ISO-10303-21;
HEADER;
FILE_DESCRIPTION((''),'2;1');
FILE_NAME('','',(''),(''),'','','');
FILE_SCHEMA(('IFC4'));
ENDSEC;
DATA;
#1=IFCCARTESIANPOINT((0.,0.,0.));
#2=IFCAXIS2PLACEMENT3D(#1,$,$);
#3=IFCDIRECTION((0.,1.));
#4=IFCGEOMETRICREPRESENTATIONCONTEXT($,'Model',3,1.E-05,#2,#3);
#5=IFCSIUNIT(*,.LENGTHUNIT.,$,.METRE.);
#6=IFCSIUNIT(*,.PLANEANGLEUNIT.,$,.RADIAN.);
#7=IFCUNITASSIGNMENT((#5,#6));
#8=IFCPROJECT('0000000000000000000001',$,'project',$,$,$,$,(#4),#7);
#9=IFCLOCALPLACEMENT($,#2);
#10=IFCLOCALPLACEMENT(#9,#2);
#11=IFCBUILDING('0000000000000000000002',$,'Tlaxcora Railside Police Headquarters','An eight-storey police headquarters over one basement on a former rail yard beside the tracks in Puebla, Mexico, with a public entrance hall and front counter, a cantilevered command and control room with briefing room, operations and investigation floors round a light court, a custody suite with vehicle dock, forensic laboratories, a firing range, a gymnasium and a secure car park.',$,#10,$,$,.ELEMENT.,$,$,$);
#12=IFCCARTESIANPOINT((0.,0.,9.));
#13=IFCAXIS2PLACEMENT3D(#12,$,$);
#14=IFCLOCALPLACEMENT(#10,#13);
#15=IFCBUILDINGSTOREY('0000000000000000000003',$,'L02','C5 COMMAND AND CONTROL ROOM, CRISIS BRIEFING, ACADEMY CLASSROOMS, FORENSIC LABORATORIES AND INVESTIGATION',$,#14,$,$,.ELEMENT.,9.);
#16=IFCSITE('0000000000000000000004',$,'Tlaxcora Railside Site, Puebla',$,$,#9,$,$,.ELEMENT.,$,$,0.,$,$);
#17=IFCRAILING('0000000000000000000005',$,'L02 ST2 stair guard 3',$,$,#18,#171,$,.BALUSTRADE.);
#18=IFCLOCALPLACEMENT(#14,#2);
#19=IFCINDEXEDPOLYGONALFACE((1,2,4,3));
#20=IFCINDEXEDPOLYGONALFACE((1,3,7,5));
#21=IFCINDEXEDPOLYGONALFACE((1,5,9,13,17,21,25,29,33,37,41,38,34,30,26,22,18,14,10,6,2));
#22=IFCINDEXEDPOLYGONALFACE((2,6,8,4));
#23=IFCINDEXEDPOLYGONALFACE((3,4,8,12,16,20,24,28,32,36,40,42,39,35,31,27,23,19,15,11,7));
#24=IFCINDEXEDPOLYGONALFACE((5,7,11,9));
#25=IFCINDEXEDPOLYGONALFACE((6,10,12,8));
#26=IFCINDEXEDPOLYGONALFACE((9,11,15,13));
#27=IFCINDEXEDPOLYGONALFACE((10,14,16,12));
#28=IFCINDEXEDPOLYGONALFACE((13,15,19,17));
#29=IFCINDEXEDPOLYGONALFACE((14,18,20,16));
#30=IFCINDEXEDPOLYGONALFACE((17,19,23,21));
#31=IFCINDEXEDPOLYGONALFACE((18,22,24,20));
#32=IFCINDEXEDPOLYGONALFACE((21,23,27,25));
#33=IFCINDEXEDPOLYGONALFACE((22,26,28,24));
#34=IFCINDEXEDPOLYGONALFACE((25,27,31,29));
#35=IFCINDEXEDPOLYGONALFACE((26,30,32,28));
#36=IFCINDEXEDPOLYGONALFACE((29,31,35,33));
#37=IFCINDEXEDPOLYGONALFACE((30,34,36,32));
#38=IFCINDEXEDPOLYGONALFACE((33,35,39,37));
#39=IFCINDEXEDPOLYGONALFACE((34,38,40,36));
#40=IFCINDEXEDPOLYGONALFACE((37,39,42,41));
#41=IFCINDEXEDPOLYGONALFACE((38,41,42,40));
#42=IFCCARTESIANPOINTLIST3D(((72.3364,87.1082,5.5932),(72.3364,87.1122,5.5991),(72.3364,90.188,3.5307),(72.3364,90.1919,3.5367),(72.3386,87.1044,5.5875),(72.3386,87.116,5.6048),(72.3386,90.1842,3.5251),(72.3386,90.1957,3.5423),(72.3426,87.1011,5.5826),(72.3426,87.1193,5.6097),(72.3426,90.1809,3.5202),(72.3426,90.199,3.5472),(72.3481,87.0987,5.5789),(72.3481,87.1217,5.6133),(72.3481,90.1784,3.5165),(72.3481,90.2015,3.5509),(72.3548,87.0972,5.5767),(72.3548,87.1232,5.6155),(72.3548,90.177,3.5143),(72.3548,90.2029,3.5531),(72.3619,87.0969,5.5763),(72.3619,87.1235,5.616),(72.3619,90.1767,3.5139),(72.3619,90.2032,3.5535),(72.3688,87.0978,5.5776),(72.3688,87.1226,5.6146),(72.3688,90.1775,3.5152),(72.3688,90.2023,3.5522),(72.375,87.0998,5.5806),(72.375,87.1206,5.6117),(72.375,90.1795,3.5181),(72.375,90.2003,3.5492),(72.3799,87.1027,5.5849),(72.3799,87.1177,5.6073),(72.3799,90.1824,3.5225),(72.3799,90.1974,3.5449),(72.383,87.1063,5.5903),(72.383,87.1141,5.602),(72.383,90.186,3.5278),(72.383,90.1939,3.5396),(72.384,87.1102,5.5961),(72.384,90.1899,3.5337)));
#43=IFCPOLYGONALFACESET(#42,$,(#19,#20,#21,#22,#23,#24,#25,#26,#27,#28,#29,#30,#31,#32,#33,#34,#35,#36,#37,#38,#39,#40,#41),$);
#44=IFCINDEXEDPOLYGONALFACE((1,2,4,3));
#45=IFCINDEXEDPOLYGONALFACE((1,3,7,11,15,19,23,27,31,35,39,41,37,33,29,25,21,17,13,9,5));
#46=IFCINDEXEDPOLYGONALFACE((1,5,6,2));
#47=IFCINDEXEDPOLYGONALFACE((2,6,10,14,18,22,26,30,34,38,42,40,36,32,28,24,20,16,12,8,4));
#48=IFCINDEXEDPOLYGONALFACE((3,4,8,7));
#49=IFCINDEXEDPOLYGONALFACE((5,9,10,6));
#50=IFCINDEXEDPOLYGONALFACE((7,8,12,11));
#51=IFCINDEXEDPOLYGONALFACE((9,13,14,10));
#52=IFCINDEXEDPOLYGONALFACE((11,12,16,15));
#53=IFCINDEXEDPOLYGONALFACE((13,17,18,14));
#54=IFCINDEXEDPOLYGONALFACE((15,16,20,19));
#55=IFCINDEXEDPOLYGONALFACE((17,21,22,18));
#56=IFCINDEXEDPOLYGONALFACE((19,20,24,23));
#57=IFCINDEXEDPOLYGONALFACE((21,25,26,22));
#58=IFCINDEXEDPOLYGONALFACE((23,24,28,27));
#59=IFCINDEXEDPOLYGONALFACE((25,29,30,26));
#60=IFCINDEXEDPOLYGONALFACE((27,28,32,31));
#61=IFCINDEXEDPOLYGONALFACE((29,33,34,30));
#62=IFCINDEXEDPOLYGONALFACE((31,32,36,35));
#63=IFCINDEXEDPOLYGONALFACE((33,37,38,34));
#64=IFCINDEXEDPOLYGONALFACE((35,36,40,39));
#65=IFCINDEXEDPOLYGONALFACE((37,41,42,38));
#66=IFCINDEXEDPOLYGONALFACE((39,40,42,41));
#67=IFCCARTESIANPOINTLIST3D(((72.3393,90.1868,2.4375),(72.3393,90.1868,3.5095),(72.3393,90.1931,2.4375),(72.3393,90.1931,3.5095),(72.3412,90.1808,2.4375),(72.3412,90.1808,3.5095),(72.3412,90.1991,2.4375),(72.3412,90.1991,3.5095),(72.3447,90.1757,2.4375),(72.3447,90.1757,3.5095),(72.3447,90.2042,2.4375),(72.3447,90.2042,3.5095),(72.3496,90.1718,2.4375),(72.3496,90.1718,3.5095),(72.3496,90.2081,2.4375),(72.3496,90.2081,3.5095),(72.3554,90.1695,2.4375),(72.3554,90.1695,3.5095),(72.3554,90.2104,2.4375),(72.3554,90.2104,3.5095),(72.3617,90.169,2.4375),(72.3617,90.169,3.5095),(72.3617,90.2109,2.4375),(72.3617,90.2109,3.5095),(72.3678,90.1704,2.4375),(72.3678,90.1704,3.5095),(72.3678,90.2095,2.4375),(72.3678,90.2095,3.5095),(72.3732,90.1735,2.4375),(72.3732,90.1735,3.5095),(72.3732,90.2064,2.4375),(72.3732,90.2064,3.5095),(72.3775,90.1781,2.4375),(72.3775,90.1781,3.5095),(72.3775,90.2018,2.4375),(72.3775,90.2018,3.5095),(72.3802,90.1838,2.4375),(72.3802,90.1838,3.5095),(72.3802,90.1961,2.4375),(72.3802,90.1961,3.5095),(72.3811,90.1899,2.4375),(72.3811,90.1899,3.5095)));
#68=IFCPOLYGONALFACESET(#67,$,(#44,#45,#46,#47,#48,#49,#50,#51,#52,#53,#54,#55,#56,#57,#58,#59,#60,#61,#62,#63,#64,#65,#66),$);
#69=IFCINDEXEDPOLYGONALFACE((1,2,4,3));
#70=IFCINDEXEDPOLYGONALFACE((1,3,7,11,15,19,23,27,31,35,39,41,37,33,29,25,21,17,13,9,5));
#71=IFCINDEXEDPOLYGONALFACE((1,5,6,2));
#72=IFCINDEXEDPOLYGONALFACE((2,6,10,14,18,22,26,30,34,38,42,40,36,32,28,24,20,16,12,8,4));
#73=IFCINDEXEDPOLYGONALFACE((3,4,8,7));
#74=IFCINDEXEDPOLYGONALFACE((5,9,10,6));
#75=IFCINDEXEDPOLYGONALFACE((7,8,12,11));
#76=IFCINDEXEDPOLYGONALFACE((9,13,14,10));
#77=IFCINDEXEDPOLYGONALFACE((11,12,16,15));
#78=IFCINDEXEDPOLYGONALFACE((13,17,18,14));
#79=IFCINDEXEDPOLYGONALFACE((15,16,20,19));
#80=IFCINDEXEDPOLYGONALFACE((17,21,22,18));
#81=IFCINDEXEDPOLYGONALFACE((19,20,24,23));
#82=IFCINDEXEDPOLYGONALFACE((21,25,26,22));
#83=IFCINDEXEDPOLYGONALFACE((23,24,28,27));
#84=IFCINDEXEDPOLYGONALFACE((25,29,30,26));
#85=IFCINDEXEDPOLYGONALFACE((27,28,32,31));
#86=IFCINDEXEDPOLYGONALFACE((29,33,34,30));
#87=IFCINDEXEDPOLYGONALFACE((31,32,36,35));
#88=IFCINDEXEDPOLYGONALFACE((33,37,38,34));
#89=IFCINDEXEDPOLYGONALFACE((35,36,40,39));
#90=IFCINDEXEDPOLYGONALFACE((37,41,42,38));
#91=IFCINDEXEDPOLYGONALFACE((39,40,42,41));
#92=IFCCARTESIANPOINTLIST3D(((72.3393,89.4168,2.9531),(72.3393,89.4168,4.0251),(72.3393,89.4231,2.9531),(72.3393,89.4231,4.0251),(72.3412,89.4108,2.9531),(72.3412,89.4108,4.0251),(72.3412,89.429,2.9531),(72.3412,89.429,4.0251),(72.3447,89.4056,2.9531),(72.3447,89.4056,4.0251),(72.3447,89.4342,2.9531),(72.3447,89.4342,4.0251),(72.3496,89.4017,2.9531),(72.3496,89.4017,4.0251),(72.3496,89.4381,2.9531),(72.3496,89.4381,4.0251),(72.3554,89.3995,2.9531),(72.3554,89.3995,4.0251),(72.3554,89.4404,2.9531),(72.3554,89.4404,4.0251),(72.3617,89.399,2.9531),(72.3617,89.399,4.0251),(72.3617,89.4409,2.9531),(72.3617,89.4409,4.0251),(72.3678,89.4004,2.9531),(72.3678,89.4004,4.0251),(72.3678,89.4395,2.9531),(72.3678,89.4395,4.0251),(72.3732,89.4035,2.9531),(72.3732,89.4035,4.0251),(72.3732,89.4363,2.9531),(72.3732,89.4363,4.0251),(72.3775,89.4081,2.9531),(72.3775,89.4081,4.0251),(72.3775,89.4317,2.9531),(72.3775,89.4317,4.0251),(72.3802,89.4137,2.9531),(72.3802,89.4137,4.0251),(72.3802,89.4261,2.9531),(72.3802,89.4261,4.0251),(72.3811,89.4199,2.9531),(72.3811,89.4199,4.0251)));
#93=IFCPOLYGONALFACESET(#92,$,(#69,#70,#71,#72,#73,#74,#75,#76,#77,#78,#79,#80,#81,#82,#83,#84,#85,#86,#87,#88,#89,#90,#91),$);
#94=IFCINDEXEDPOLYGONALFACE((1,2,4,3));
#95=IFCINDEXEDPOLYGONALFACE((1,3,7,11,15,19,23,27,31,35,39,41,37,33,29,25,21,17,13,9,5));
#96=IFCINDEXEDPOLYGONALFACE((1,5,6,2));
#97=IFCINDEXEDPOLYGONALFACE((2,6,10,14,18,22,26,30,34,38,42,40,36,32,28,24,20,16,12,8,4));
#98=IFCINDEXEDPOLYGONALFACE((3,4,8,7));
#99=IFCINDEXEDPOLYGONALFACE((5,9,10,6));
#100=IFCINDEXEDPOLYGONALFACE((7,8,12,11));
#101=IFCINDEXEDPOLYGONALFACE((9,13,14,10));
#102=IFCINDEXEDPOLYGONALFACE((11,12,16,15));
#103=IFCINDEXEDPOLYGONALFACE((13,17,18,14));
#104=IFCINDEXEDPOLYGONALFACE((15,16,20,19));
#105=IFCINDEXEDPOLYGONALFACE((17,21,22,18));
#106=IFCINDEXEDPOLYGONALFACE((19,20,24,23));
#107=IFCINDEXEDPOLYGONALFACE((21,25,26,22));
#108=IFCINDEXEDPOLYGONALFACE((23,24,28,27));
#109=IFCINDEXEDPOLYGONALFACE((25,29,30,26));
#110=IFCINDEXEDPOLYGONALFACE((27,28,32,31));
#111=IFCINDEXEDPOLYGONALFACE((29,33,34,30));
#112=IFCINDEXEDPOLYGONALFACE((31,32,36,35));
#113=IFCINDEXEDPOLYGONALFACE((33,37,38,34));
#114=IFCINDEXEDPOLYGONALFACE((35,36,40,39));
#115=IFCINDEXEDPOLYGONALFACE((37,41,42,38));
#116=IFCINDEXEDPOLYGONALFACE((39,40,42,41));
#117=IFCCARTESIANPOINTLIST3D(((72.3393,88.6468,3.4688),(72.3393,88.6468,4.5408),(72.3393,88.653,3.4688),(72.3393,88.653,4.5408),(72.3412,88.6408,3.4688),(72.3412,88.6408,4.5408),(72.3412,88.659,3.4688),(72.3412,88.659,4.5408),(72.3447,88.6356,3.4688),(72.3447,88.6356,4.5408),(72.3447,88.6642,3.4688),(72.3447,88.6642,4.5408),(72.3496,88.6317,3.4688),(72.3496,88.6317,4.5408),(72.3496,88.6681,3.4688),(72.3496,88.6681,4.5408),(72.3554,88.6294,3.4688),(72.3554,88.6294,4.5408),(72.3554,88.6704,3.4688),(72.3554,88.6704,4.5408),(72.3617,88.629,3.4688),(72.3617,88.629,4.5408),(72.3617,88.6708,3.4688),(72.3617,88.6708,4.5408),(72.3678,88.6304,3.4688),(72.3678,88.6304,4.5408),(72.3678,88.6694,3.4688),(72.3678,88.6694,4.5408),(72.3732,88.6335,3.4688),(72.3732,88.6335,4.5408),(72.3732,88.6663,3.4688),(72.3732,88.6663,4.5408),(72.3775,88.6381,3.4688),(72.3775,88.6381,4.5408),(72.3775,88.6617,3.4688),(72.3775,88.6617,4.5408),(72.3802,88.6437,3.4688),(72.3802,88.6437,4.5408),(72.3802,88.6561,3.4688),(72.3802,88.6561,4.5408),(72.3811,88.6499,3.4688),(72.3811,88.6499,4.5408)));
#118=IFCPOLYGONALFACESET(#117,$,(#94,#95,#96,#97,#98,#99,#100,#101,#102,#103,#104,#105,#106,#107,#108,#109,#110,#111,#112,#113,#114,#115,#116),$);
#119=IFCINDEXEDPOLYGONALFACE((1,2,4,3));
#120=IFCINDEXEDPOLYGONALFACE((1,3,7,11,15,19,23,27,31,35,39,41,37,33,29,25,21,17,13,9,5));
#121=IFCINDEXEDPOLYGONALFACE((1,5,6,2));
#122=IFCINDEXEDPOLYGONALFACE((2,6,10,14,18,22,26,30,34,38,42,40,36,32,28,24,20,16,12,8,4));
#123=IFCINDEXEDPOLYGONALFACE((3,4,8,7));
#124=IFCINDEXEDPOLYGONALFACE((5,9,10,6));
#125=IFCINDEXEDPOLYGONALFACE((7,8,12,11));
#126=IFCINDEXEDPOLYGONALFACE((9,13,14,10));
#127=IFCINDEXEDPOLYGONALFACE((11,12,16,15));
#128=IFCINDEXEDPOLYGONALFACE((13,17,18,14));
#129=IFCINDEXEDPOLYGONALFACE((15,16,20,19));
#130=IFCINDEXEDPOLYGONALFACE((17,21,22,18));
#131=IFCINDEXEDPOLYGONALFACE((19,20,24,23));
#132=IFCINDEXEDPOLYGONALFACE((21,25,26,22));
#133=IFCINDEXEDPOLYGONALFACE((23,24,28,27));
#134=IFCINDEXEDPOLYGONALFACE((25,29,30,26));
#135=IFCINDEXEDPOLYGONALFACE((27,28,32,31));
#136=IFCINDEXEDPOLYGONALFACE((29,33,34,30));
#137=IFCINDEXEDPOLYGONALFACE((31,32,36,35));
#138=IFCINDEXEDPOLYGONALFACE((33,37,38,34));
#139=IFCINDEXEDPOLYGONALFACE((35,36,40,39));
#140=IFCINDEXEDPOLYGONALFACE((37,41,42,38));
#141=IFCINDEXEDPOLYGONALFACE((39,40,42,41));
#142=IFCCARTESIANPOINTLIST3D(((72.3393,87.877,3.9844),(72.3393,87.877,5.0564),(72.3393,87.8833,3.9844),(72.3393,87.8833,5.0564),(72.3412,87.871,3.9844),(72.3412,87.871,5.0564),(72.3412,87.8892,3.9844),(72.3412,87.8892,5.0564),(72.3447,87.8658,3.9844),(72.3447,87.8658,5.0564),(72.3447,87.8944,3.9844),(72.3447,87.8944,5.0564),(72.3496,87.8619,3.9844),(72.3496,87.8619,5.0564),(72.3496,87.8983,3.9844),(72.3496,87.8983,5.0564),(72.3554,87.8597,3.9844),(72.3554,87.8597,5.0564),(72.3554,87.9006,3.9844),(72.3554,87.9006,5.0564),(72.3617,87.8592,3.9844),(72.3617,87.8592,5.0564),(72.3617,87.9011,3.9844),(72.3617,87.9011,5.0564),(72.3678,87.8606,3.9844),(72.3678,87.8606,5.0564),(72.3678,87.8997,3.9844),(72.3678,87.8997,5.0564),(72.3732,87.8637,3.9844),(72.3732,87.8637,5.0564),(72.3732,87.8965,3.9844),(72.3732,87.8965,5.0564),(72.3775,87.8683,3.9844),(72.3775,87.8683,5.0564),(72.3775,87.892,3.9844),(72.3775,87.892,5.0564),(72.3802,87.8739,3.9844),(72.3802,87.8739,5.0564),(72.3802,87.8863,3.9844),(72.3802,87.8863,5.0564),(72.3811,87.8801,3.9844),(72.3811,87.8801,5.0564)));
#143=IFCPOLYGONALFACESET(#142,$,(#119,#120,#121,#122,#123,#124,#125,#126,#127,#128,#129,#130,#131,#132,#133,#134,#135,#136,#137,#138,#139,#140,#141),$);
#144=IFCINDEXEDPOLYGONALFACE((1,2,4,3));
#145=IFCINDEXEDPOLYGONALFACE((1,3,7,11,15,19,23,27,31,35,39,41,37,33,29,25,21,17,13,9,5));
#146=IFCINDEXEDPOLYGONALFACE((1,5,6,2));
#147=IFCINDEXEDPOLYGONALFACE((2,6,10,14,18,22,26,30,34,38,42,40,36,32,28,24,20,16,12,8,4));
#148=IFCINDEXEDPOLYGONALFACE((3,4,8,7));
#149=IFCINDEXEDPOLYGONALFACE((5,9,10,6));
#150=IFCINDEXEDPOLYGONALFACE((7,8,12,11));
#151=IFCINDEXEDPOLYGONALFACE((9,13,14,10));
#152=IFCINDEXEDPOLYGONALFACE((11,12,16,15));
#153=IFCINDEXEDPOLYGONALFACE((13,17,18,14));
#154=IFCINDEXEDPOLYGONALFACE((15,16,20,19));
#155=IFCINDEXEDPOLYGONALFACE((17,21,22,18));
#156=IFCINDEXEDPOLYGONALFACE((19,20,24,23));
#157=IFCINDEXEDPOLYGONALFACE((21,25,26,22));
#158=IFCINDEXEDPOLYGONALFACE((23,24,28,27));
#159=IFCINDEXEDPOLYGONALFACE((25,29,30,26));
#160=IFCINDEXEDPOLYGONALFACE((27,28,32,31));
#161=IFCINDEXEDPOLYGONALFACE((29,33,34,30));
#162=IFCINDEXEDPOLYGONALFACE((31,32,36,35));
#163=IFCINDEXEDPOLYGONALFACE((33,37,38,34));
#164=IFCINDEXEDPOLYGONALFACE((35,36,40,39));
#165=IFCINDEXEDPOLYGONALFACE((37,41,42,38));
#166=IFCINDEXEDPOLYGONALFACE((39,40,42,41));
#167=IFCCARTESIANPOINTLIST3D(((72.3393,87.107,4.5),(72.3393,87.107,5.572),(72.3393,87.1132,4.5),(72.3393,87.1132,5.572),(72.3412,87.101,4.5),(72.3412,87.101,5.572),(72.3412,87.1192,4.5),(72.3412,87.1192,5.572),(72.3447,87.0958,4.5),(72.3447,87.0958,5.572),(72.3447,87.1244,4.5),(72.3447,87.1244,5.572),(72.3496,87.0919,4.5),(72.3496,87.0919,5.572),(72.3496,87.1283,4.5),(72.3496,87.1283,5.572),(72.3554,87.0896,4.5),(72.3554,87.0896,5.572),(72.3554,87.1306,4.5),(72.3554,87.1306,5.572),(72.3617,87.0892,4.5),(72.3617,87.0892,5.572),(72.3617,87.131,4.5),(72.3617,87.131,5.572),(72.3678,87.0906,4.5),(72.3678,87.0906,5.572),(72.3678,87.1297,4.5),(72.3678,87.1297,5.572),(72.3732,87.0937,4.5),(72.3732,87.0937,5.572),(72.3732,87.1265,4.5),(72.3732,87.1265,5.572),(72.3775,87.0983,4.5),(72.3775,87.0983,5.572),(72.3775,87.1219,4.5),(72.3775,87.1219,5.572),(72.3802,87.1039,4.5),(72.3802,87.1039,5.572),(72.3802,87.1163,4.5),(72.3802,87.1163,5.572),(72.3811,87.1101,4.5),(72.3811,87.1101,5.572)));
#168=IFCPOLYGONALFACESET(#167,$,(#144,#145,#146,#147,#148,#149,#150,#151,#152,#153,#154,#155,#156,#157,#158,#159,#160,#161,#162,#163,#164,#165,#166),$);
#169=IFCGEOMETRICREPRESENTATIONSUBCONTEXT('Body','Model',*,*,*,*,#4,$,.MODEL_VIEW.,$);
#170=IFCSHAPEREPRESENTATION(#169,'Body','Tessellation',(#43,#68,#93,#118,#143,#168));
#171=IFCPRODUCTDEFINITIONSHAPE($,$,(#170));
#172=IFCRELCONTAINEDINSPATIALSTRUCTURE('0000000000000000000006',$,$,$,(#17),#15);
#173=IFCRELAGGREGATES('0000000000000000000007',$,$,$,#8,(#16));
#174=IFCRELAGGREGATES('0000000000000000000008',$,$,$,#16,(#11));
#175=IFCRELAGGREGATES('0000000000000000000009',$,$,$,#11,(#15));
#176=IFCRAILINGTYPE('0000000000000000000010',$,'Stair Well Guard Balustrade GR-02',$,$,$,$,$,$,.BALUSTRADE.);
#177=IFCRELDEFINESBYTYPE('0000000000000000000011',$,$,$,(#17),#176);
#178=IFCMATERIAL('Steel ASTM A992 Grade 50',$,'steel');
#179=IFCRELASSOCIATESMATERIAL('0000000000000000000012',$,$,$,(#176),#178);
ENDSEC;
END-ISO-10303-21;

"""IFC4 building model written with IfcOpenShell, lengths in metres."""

from ifc_helpers import new_model, si_unit, direction, frame, origin, origin_2d, place, context, subcontext, project, spatial, circle, extrude, material, type_object, element, save


model = new_model("IFC4")

# Units and contexts
model_context = context("Model", 3, precision=1e-05, world=origin(), true_north=direction((0.0, 1.0)))
body_context = subcontext(model_context, "Body", "Model", "MODEL_VIEW")
ifc_project = project(units=[si_unit("LENGTHUNIT", "METRE"), si_unit("PLANEANGLEUNIT", "RADIAN")], contexts=[model_context])

# Site, building, storey
site_placement = place(None, origin())
site = spatial("IfcSite", under=ifc_project, at=site_placement, Name="Tlaxcora Railside Site, Puebla", CompositionType="ELEMENT", RefElevation=0.0)
building_placement = place(site_placement, origin())
building = spatial("IfcBuilding", under=site, at=building_placement, Name="Tlaxcora Railside Police Headquarters", Description="An eight-storey police headquarters over one basement on a former rail yard beside the tracks in Puebla, Mexico, with a public entrance hall and front counter, a cantilevered command and control room with briefing room, operations and investigation floors round a light court, a custody suite with vehicle dock, forensic laboratories, a firing range, a gymnasium and a secure car park.", CompositionType="ELEMENT")
storey_placement = place(building_placement, frame((0.0, 0.0, 9.0)))
storey = spatial("IfcBuildingStorey", under=building, at=storey_placement, Name="L02", Description="C5 COMMAND AND CONTROL ROOM, CRISIS BRIEFING, ACADEMY CLASSROOMS, FORENSIC LABORATORIES AND INVESTIGATION", CompositionType="ELEMENT", Elevation=9.0)

# Shared definitions
ifc_material_1 = material(Name="Steel ASTM A992 Grade 50", Category="steel")

# Railing
railing_type_1 = type_object("IfcRailingType", Name="Stair Well Guard Balustrade GR-02", PredefinedType="BALUSTRADE", material=ifc_material_1)
railing_1_placement = place(storey_placement, frame((72.3601, 90.1899, 2.4375)))
element("IfcRailing", 1, at=railing_1_placement, inside=storey, type_object=railing_type_1, Name="L02 ST2 stair guard 3", PredefinedType="BALUSTRADE", context=body_context, shape_type="SweptSolid", body=[
    extrude(circle(Radius=0.0239, at=origin_2d()), frame((0.0, 0.0, 1.0962), z_axis=(0.0, -0.830893, 0.556432), x_axis=(1.0, 0.0, 0.0)), (0.0, 0.0, 1.0), 3.7065),
    extrude(circle(Radius=0.021, at=origin_2d()), origin(), (0.0, 0.0, 1.0), 1.072),
    extrude(circle(Radius=0.021, at=origin_2d()), frame((0.0, -0.77, 0.5156)), (0.0, 0.0, 1.0), 1.072),
    extrude(circle(Radius=0.021, at=origin_2d()), frame((0.0, -1.54, 1.0312)), (0.0, 0.0, 1.0), 1.072),
    extrude(circle(Radius=0.021, at=origin_2d()), frame((0.0, -2.3098, 1.5469)), (0.0, 0.0, 1.0), 1.072),
    extrude(circle(Radius=0.021, at=origin_2d()), frame((0.0, -3.0798, 2.0625)), (0.0, 0.0, 1.0), 1.072),
])

save(model, "model.ifc")
